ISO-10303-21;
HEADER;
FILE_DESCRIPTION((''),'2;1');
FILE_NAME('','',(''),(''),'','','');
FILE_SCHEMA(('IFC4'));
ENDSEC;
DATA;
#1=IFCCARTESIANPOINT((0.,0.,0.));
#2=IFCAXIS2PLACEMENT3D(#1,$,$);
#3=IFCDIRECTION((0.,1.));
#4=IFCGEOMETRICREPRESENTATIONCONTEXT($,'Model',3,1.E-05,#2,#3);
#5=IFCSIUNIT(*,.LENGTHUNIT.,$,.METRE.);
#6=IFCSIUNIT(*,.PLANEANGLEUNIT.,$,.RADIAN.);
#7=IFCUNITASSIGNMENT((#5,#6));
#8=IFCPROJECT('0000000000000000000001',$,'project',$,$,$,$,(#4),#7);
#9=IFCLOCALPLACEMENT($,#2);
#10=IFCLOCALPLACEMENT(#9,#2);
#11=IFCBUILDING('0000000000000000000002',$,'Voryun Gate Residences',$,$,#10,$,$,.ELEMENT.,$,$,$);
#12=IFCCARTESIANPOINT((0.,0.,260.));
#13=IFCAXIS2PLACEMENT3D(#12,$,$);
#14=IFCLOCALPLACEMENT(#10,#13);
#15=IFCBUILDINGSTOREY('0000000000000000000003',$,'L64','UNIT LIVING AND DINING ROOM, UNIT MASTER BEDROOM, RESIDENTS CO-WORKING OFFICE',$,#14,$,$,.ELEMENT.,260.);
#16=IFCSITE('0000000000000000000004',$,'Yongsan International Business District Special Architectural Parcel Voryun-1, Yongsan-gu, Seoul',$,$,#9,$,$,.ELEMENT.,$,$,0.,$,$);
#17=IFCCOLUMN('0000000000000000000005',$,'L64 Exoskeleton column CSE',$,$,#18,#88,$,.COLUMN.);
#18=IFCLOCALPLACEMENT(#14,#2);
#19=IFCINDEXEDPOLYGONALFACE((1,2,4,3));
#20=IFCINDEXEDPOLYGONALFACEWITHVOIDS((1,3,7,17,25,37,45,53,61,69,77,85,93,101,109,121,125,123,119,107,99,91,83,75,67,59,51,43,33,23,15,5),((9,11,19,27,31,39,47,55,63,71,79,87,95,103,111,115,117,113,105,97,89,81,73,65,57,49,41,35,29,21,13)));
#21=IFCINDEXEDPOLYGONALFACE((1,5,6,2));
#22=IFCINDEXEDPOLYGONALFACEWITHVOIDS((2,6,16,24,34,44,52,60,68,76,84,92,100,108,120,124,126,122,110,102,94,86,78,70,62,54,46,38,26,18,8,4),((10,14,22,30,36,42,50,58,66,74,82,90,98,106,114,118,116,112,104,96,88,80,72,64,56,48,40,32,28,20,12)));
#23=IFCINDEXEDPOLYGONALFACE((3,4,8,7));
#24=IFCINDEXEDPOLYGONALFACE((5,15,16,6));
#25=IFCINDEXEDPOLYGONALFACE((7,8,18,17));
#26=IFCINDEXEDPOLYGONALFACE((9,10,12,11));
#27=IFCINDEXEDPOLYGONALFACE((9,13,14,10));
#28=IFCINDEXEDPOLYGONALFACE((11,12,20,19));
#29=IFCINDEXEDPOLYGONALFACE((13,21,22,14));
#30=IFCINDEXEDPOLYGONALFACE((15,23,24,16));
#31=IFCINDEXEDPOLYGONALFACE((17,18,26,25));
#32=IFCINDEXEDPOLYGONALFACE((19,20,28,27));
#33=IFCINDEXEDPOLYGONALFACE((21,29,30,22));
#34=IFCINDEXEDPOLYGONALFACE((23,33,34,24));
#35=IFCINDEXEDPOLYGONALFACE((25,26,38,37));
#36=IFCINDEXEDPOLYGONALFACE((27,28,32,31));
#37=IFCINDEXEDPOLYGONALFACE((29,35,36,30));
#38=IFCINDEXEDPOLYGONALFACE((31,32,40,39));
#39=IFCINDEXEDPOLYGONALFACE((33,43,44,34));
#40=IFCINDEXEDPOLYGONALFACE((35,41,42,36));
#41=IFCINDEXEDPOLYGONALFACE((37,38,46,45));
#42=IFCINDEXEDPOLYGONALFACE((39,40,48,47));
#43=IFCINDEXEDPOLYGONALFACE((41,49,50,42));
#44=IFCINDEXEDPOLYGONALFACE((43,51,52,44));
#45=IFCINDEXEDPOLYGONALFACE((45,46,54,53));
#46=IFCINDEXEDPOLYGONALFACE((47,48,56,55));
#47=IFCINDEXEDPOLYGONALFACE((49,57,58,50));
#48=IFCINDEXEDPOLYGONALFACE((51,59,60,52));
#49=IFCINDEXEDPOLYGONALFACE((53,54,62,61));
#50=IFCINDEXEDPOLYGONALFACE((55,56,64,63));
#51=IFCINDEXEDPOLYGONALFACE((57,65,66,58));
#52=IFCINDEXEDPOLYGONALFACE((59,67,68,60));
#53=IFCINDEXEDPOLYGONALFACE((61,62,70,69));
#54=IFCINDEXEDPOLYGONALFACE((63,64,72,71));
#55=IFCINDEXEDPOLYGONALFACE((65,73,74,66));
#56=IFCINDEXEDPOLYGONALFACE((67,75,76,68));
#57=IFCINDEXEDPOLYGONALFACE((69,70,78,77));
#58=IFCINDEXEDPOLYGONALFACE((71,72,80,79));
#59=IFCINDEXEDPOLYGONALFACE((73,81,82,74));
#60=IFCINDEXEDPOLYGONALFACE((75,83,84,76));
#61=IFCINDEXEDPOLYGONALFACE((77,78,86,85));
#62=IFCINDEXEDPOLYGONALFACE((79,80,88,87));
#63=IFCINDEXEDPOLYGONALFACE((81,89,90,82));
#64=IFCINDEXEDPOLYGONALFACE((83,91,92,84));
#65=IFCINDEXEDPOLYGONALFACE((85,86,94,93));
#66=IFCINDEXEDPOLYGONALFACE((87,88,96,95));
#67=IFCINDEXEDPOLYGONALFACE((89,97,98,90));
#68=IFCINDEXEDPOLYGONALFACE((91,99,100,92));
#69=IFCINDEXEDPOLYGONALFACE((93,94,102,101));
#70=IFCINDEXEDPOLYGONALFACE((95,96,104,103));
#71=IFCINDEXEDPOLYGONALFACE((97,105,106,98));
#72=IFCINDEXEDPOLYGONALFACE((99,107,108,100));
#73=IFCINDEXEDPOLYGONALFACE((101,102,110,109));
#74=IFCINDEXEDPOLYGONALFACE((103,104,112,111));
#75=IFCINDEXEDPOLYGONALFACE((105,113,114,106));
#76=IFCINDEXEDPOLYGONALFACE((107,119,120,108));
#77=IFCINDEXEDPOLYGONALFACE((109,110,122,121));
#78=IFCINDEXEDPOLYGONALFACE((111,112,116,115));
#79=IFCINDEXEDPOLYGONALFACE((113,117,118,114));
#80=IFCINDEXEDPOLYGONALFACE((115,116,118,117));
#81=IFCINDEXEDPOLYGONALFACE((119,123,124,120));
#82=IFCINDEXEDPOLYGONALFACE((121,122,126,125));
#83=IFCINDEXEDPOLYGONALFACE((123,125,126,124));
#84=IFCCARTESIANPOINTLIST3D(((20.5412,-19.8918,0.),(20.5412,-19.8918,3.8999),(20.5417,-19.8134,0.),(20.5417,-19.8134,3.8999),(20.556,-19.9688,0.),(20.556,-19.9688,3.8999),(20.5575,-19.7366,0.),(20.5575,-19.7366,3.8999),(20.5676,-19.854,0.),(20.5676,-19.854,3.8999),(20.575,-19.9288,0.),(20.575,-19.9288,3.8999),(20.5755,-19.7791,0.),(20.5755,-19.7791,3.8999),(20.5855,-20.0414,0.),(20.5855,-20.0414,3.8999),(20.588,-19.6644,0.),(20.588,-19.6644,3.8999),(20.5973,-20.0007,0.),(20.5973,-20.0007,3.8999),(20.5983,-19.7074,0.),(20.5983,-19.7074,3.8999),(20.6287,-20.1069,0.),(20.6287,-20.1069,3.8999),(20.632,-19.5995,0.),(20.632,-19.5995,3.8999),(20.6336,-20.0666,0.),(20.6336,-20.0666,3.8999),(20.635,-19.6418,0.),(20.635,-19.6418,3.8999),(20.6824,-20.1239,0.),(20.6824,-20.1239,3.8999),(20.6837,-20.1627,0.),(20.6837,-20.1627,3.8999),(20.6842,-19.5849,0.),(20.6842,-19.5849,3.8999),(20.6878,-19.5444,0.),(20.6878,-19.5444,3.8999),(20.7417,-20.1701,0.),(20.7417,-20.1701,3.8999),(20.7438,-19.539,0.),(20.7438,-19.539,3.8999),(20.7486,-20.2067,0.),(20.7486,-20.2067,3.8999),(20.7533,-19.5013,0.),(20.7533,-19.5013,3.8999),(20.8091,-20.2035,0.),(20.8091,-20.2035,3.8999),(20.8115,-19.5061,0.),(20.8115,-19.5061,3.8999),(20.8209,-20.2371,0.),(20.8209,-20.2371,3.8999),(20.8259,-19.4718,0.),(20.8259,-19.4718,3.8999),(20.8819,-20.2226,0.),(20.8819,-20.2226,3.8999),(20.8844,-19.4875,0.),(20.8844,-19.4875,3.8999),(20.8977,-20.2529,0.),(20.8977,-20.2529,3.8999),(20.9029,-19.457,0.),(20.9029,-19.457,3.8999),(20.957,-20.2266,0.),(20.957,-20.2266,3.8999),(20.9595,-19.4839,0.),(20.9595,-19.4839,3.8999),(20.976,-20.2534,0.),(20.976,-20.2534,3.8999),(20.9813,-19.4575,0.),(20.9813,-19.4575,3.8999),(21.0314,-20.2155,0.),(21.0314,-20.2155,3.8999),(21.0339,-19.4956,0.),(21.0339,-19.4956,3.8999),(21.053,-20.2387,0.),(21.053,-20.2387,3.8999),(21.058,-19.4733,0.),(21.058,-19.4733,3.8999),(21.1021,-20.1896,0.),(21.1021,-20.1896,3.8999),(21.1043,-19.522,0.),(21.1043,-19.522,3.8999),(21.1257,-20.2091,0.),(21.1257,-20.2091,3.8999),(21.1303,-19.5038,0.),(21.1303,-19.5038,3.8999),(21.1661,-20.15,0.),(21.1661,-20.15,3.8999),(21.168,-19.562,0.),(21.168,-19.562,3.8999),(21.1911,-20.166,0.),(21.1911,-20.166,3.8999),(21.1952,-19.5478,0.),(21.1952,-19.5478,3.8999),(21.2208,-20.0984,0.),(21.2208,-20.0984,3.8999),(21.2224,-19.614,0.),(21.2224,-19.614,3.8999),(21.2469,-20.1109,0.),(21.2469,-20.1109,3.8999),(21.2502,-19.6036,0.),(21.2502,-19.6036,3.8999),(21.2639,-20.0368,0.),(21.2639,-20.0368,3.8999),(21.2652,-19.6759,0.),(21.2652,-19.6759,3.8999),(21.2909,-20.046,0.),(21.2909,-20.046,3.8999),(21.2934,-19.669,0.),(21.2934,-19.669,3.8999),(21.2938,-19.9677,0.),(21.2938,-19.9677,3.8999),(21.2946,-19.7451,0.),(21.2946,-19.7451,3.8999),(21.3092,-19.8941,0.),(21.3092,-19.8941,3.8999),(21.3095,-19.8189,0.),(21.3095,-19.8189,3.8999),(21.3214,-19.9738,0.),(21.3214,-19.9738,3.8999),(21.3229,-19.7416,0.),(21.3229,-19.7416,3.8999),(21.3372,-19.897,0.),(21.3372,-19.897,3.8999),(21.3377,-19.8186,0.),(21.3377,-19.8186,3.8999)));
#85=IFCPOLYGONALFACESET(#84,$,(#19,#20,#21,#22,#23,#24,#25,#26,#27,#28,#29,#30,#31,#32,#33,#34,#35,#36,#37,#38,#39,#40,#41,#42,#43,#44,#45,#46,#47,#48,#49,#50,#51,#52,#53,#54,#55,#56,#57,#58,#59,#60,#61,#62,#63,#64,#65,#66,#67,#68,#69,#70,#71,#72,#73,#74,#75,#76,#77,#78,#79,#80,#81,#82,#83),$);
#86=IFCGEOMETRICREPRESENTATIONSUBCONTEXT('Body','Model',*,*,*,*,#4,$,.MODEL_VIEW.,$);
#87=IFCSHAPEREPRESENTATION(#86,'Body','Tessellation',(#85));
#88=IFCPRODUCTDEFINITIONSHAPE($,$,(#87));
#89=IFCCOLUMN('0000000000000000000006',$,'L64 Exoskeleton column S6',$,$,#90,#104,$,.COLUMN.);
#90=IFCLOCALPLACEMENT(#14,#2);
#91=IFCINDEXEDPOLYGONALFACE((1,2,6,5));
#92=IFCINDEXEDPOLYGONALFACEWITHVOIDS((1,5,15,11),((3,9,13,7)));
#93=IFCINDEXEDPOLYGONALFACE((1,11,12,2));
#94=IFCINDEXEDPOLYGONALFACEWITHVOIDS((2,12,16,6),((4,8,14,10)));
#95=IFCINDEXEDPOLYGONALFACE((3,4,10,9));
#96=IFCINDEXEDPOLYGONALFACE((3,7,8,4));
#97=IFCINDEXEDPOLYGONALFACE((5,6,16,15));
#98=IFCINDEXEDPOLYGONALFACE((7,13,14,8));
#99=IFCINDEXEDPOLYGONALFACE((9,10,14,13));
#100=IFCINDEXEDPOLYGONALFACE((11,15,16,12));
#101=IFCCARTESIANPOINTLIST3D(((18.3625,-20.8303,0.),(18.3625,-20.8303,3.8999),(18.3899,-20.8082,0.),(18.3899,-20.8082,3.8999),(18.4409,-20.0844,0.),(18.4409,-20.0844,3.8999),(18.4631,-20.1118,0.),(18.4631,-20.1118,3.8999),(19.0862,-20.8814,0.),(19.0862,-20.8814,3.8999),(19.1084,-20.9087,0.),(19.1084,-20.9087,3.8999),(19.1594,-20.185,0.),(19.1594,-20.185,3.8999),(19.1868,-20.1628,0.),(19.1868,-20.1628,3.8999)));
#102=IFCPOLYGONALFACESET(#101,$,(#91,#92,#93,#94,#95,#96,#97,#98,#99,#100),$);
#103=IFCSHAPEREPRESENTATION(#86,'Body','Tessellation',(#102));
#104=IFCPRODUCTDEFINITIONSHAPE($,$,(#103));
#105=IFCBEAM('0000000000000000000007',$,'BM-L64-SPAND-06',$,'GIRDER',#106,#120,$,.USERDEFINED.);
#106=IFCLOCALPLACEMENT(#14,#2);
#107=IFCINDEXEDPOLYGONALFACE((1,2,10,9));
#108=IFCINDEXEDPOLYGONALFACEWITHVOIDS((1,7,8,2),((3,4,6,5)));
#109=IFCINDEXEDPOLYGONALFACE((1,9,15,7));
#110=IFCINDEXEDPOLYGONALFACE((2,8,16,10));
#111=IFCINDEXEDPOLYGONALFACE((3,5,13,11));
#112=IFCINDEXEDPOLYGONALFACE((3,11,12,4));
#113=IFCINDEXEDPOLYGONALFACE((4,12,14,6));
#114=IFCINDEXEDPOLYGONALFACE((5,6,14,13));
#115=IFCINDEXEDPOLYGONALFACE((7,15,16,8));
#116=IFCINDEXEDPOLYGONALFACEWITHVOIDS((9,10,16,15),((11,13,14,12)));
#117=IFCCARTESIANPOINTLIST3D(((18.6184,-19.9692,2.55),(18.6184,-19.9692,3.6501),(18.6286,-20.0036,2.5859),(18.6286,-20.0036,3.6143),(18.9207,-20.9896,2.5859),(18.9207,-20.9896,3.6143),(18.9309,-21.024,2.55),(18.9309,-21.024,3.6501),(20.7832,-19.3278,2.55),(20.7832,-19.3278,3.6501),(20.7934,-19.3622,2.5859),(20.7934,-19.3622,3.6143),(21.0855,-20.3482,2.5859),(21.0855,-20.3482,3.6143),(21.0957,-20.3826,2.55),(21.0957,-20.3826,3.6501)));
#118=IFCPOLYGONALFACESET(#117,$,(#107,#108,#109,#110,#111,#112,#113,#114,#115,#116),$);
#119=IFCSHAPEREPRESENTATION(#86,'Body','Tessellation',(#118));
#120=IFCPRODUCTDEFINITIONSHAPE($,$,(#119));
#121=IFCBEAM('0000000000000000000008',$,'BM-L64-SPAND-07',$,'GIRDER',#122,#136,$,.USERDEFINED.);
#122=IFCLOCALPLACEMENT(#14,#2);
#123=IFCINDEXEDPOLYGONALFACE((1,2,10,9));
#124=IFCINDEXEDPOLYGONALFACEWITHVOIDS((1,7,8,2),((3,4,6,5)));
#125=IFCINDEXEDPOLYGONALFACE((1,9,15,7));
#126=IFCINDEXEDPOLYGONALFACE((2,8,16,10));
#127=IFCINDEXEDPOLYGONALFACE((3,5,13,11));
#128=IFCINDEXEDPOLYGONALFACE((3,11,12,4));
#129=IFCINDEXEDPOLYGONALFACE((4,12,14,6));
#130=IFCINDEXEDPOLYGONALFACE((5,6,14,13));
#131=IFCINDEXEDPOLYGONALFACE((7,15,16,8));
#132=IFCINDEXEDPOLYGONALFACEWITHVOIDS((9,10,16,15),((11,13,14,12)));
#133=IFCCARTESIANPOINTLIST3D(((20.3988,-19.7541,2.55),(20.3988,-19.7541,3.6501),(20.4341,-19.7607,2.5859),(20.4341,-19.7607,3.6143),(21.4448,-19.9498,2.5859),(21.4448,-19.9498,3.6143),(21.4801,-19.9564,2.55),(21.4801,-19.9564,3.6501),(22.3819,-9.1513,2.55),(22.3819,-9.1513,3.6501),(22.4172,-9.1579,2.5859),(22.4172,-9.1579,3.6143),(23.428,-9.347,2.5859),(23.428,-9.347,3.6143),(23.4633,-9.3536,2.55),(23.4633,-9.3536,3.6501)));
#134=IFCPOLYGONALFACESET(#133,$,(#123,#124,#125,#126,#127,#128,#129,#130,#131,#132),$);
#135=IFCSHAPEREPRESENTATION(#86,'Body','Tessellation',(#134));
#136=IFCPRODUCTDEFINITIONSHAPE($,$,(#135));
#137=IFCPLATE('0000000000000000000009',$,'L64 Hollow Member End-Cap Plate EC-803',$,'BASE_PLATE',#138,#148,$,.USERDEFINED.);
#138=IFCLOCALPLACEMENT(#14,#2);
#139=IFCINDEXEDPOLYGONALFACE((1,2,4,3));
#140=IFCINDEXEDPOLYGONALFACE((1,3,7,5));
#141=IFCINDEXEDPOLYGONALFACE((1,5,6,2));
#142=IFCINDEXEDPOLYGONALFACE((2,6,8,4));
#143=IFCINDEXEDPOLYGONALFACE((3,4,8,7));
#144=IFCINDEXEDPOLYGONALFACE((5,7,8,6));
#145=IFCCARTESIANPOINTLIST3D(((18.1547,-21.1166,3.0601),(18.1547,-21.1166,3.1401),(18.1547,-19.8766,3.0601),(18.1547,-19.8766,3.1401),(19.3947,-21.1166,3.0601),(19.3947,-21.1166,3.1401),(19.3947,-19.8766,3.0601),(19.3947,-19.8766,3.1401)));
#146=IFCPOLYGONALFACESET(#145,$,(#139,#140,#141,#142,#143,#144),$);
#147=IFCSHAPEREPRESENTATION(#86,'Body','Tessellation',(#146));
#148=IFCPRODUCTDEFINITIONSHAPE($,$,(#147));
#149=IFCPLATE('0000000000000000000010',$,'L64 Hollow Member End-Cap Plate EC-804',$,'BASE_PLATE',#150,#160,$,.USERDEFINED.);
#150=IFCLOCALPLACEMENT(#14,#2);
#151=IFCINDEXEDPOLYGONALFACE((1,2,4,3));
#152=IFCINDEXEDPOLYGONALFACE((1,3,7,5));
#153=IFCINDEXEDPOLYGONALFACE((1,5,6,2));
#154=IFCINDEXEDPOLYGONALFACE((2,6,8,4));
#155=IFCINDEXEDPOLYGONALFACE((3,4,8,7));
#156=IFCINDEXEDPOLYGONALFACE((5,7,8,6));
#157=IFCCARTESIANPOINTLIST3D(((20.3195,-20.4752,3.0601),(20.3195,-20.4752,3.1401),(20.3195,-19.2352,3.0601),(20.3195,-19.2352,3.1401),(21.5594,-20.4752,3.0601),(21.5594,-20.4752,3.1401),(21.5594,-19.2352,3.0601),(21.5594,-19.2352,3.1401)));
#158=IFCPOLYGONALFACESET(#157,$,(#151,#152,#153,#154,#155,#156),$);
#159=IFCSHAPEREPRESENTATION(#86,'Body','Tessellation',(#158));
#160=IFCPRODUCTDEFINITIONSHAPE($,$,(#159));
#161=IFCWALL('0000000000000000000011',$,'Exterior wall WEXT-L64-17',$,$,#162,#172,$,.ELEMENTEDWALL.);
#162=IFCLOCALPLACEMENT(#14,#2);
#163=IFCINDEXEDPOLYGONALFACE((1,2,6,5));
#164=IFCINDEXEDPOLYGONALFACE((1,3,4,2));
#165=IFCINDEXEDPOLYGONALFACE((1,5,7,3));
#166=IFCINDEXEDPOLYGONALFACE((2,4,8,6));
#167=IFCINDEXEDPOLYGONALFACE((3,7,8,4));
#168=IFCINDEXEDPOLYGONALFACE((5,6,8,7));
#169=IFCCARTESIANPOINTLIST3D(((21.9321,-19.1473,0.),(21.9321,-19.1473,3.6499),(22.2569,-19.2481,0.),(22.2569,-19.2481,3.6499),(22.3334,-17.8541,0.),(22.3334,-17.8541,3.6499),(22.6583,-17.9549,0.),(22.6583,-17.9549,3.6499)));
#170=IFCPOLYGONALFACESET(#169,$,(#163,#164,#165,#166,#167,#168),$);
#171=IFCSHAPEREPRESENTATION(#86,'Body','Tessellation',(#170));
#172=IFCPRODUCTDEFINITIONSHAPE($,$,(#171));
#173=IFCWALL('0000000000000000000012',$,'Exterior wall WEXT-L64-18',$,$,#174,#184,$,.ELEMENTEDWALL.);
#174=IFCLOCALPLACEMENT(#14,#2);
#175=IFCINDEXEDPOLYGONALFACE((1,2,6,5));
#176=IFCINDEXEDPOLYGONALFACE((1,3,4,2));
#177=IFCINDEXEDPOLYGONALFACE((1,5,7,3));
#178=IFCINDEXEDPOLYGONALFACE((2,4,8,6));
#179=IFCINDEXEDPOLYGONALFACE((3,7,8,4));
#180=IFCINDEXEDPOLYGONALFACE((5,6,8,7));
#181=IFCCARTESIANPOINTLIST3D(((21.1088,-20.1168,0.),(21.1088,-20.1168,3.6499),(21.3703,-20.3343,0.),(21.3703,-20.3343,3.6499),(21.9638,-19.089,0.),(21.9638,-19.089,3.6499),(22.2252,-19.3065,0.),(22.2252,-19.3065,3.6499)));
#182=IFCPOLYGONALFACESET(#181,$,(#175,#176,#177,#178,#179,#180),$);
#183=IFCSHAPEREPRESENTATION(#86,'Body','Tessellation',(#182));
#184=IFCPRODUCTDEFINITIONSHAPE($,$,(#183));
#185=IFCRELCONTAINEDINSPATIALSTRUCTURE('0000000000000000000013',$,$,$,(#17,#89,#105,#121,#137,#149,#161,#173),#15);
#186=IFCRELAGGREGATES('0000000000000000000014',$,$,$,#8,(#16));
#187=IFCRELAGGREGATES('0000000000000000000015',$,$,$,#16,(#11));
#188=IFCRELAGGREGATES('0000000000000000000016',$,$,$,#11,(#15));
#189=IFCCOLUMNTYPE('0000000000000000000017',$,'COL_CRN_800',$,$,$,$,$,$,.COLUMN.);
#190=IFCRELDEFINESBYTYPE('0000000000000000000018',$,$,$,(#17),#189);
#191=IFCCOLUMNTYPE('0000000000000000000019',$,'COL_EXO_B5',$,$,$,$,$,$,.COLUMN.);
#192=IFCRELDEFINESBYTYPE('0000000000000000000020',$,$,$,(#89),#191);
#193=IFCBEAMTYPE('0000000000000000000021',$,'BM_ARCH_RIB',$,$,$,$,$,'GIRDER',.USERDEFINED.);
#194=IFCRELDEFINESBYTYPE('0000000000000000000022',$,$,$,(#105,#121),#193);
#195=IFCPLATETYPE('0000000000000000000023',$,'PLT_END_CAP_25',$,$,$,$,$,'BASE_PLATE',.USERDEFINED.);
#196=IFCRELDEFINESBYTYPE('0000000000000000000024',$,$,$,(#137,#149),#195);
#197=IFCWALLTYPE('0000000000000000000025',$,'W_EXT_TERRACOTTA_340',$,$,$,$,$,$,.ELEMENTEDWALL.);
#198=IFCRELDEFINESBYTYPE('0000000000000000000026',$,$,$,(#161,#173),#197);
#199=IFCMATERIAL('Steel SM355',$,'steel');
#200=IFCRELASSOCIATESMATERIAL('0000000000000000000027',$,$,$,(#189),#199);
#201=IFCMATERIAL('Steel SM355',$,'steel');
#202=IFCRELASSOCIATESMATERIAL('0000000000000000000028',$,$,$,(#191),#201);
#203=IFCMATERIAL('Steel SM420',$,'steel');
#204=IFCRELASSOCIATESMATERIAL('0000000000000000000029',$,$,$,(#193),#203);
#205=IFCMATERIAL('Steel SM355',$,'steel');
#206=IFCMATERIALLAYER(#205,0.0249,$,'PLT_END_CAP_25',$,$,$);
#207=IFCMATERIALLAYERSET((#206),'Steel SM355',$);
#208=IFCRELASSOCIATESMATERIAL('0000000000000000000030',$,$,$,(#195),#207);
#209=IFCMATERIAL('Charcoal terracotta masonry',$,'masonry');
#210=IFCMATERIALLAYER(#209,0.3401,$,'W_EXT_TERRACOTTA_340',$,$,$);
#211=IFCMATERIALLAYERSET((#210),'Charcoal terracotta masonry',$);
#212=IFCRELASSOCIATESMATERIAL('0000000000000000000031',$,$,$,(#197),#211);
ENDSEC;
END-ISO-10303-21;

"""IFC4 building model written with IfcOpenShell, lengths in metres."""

from ifc_helpers import new_model, si_unit, direction, frame, frame_2d, origin, origin_2d, place, context, subcontext, project, spatial, rectangle, hollow_rectangle, hollow_circle, extrude, material, layer, layer_set, material_profile, profile_set, type_object, element, save


model = new_model("IFC4")

# Units and contexts
model_context = context("Model", 3, precision=1e-05, world=origin(), true_north=direction((0.0, 1.0)))
body_context = subcontext(model_context, "Body", "Model", "MODEL_VIEW")
ifc_project = project(units=[si_unit("LENGTHUNIT", "METRE"), si_unit("PLANEANGLEUNIT", "RADIAN")], contexts=[model_context])

# Site, building, storey
site_placement = place(None, origin())
site = spatial("IfcSite", under=ifc_project, at=site_placement, Name="Yongsan International Business District Special Architectural Parcel Voryun-1, Yongsan-gu, Seoul", CompositionType="ELEMENT", RefElevation=0.0)
building_placement = place(site_placement, origin())
building = spatial("IfcBuilding", under=site, at=building_placement, Name="Voryun Gate Residences", CompositionType="ELEMENT")
storey_placement = place(building_placement, frame((0.0, 0.0, 260.0)))
storey = spatial("IfcBuildingStorey", under=building, at=storey_placement, Name="L64", Description="UNIT LIVING AND DINING ROOM, UNIT MASTER BEDROOM, RESIDENTS CO-WORKING OFFICE", CompositionType="ELEMENT", Elevation=260.0)

# Columns
ifc_material_1 = material(Name="Steel SM355", Category="steel")
ifc_material_profile_1 = material_profile(ifc_material_1, hollow_circle(Radius=0.3999, WallThickness=0.0281, at=origin_2d()), Name="CHS-800x28")
ifc_profile_set_1 = profile_set([ifc_material_profile_1], Name="Steel SM355")
column_type_1 = type_object("IfcColumnType", Name="COL_CRN_800", PredefinedType="COLUMN", material=ifc_profile_set_1)
column_1_placement = place(storey_placement, frame((20.9395, -19.8552, 0.0), z_axis=(0.0, 0.0, 1.0), x_axis=(0.994522, -0.104528, 0.0)))
element("IfcColumn", 1, at=column_1_placement, inside=storey, type_object=column_type_1, Name="L64 Exoskeleton column CSE", PredefinedType="COLUMN", context=body_context, shape_type="SweptSolid", body=[
    extrude(hollow_circle(Radius=0.3999, WallThickness=0.0281, at=origin_2d()), origin(), (0.0, 0.0, 1.0), 3.8999),
])
ifc_material_2 = material(Name="Steel SM355", Category="steel")
ifc_material_profile_2 = material_profile(ifc_material_2, hollow_rectangle(XDim=0.75, YDim=0.75, WallThickness=0.0249, at=origin_2d()), Name="BOX-750x750x25")
ifc_profile_set_2 = profile_set([ifc_material_profile_2], Name="Steel SM355")
column_type_2 = type_object("IfcColumnType", Name="COL_EXO_B5", PredefinedType="COLUMN", material=ifc_profile_set_2)
column_2_placement = place(storey_placement, frame((18.7747, -20.4966, 0.0), z_axis=(0.0, 0.0, 1.0), x_axis=(0.994522, -0.104528, 0.0)))
element("IfcColumn", 2, at=column_2_placement, inside=storey, type_object=column_type_2, Name="L64 Exoskeleton column S6", PredefinedType="COLUMN", context=body_context, shape_type="SweptSolid", body=[
    extrude(hollow_rectangle(XDim=0.75, YDim=0.75, WallThickness=0.0249, at=origin_2d()), origin(), (0.0, 0.0, 1.0), 3.8999),
])

# Beams
ifc_material_3 = material(Name="Steel SM420", Category="steel")
ifc_material_profile_3 = material_profile(ifc_material_3, hollow_rectangle(XDim=1.1001, YDim=1.1001, WallThickness=0.0359, at=origin_2d()), Name="BOX-1100x1100x36")
ifc_profile_set_3 = profile_set([ifc_material_profile_3], Name="Steel SM420")
beam_type = type_object("IfcBeamType", Name="BM_ARCH_RIB", ElementType="GIRDER", PredefinedType="USERDEFINED", material=ifc_profile_set_3)
beam_1_placement = place(storey_placement, frame((18.7747, -20.4966, 3.1001), z_axis=(0.958806, 0.284063, 0.0), x_axis=(-0.284063, 0.958806, 0.0)))
element("IfcBeam", 3, at=beam_1_placement, inside=storey, type_object=beam_type, Name="BM-L64-SPAND-06", ObjectType="GIRDER", PredefinedType="USERDEFINED", context=body_context, shape_type="SweptSolid", body=[
    extrude(hollow_rectangle(XDim=1.1001, YDim=1.1001, WallThickness=0.0359, at=origin_2d()), origin(), (0.0, 0.0, 1.0), 2.2578),
])
beam_2_placement = place(storey_placement, frame((20.9395, -19.8552, 3.1001), z_axis=(0.183853, 0.982954, 0.0), x_axis=(-0.982954, 0.183853, 0.0)))
element("IfcBeam", 4, at=beam_2_placement, inside=storey, type_object=beam_type, Name="BM-L64-SPAND-07", ObjectType="GIRDER", PredefinedType="USERDEFINED", context=body_context, shape_type="SweptSolid", body=[
    extrude(hollow_rectangle(XDim=1.1001, YDim=1.1001, WallThickness=0.0359, at=origin_2d()), origin(), (0.0, 0.0, 1.0), 10.7866),
])

# Plates
ifc_material_4 = material(Name="Steel SM355", Category="steel")
ifc_layer_1 = layer(ifc_material_4, 0.0249, Name="PLT_END_CAP_25")
ifc_layer_set_1 = layer_set([ifc_layer_1], Name="Steel SM355")
plate_type = type_object("IfcPlateType", Name="PLT_END_CAP_25", ElementType="BASE_PLATE", PredefinedType="USERDEFINED", material=ifc_layer_set_1)
for number, where, z_axis, x_axis, name in (
    (5, (18.7747, -20.4966, 3.0601), (0.0, 0.0, 1.0), (1.0, 0.0, 0.0), "L64 Hollow Member End-Cap Plate EC-803"),
    (6, (20.9395, -19.8552, 3.0601), (0.0, 0.0, 1.0), (1.0, 0.0, 0.0), "L64 Hollow Member End-Cap Plate EC-804"),
):
    element("IfcPlate", number, at=place(storey_placement, frame(where, z_axis=z_axis, x_axis=x_axis)), inside=storey, type_object=plate_type, Name=name, ObjectType="BASE_PLATE", PredefinedType="USERDEFINED", context=body_context, shape_type="SweptSolid", body=[
        extrude(rectangle(XDim=1.24, YDim=1.24, at=origin_2d()), origin(), (0.0, 0.0, 1.0), 0.0801),
    ])

# Shared definitions
ifc_material_5 = material(Name="Charcoal terracotta masonry", Category="masonry")
ifc_layer_2 = layer(ifc_material_5, 0.3401, Name="W_EXT_TERRACOTTA_340")
ifc_layer_set_2 = layer_set([ifc_layer_2], Name="Charcoal terracotta masonry")
wall_type_1 = type_object("IfcWallType", Name="W_EXT_TERRACOTTA_340", PredefinedType="ELEMENTEDWALL", material=ifc_layer_set_2)

# Walls
wall_1_placement = place(storey_placement, frame((22.4958, -17.9045, 0.0), z_axis=(0.0, 0.0, 1.0), x_axis=(-0.296416, -0.955059, 0.0)))
element("IfcWall", 7, at=wall_1_placement, inside=storey, type_object=wall_type_1, Name="Exterior wall WEXT-L64-17", PredefinedType="ELEMENTEDWALL", context=body_context, shape_type="SweptSolid", body=[
    extrude(rectangle(XDim=1.354, YDim=0.3401, at=frame_2d((0.677, 0.0))), origin(), (0.0, 0.0, 1.0), 3.6499),
])
wall_2_placement = place(storey_placement, frame((22.0945, -19.1978, 0.0), z_axis=(0.0, 0.0, 1.0), x_axis=(-0.639502, -0.76879, 0.0)))
element("IfcWall", 8, at=wall_2_placement, inside=storey, type_object=wall_type_1, Name="Exterior wall WEXT-L64-18", PredefinedType="ELEMENTEDWALL", context=body_context, shape_type="SweptSolid", body=[
    extrude(rectangle(XDim=1.3369, YDim=0.3401, at=frame_2d((0.6685, 0.0))), origin(), (0.0, 0.0, 1.0), 3.6499),
])

save(model, "model.ifc")
